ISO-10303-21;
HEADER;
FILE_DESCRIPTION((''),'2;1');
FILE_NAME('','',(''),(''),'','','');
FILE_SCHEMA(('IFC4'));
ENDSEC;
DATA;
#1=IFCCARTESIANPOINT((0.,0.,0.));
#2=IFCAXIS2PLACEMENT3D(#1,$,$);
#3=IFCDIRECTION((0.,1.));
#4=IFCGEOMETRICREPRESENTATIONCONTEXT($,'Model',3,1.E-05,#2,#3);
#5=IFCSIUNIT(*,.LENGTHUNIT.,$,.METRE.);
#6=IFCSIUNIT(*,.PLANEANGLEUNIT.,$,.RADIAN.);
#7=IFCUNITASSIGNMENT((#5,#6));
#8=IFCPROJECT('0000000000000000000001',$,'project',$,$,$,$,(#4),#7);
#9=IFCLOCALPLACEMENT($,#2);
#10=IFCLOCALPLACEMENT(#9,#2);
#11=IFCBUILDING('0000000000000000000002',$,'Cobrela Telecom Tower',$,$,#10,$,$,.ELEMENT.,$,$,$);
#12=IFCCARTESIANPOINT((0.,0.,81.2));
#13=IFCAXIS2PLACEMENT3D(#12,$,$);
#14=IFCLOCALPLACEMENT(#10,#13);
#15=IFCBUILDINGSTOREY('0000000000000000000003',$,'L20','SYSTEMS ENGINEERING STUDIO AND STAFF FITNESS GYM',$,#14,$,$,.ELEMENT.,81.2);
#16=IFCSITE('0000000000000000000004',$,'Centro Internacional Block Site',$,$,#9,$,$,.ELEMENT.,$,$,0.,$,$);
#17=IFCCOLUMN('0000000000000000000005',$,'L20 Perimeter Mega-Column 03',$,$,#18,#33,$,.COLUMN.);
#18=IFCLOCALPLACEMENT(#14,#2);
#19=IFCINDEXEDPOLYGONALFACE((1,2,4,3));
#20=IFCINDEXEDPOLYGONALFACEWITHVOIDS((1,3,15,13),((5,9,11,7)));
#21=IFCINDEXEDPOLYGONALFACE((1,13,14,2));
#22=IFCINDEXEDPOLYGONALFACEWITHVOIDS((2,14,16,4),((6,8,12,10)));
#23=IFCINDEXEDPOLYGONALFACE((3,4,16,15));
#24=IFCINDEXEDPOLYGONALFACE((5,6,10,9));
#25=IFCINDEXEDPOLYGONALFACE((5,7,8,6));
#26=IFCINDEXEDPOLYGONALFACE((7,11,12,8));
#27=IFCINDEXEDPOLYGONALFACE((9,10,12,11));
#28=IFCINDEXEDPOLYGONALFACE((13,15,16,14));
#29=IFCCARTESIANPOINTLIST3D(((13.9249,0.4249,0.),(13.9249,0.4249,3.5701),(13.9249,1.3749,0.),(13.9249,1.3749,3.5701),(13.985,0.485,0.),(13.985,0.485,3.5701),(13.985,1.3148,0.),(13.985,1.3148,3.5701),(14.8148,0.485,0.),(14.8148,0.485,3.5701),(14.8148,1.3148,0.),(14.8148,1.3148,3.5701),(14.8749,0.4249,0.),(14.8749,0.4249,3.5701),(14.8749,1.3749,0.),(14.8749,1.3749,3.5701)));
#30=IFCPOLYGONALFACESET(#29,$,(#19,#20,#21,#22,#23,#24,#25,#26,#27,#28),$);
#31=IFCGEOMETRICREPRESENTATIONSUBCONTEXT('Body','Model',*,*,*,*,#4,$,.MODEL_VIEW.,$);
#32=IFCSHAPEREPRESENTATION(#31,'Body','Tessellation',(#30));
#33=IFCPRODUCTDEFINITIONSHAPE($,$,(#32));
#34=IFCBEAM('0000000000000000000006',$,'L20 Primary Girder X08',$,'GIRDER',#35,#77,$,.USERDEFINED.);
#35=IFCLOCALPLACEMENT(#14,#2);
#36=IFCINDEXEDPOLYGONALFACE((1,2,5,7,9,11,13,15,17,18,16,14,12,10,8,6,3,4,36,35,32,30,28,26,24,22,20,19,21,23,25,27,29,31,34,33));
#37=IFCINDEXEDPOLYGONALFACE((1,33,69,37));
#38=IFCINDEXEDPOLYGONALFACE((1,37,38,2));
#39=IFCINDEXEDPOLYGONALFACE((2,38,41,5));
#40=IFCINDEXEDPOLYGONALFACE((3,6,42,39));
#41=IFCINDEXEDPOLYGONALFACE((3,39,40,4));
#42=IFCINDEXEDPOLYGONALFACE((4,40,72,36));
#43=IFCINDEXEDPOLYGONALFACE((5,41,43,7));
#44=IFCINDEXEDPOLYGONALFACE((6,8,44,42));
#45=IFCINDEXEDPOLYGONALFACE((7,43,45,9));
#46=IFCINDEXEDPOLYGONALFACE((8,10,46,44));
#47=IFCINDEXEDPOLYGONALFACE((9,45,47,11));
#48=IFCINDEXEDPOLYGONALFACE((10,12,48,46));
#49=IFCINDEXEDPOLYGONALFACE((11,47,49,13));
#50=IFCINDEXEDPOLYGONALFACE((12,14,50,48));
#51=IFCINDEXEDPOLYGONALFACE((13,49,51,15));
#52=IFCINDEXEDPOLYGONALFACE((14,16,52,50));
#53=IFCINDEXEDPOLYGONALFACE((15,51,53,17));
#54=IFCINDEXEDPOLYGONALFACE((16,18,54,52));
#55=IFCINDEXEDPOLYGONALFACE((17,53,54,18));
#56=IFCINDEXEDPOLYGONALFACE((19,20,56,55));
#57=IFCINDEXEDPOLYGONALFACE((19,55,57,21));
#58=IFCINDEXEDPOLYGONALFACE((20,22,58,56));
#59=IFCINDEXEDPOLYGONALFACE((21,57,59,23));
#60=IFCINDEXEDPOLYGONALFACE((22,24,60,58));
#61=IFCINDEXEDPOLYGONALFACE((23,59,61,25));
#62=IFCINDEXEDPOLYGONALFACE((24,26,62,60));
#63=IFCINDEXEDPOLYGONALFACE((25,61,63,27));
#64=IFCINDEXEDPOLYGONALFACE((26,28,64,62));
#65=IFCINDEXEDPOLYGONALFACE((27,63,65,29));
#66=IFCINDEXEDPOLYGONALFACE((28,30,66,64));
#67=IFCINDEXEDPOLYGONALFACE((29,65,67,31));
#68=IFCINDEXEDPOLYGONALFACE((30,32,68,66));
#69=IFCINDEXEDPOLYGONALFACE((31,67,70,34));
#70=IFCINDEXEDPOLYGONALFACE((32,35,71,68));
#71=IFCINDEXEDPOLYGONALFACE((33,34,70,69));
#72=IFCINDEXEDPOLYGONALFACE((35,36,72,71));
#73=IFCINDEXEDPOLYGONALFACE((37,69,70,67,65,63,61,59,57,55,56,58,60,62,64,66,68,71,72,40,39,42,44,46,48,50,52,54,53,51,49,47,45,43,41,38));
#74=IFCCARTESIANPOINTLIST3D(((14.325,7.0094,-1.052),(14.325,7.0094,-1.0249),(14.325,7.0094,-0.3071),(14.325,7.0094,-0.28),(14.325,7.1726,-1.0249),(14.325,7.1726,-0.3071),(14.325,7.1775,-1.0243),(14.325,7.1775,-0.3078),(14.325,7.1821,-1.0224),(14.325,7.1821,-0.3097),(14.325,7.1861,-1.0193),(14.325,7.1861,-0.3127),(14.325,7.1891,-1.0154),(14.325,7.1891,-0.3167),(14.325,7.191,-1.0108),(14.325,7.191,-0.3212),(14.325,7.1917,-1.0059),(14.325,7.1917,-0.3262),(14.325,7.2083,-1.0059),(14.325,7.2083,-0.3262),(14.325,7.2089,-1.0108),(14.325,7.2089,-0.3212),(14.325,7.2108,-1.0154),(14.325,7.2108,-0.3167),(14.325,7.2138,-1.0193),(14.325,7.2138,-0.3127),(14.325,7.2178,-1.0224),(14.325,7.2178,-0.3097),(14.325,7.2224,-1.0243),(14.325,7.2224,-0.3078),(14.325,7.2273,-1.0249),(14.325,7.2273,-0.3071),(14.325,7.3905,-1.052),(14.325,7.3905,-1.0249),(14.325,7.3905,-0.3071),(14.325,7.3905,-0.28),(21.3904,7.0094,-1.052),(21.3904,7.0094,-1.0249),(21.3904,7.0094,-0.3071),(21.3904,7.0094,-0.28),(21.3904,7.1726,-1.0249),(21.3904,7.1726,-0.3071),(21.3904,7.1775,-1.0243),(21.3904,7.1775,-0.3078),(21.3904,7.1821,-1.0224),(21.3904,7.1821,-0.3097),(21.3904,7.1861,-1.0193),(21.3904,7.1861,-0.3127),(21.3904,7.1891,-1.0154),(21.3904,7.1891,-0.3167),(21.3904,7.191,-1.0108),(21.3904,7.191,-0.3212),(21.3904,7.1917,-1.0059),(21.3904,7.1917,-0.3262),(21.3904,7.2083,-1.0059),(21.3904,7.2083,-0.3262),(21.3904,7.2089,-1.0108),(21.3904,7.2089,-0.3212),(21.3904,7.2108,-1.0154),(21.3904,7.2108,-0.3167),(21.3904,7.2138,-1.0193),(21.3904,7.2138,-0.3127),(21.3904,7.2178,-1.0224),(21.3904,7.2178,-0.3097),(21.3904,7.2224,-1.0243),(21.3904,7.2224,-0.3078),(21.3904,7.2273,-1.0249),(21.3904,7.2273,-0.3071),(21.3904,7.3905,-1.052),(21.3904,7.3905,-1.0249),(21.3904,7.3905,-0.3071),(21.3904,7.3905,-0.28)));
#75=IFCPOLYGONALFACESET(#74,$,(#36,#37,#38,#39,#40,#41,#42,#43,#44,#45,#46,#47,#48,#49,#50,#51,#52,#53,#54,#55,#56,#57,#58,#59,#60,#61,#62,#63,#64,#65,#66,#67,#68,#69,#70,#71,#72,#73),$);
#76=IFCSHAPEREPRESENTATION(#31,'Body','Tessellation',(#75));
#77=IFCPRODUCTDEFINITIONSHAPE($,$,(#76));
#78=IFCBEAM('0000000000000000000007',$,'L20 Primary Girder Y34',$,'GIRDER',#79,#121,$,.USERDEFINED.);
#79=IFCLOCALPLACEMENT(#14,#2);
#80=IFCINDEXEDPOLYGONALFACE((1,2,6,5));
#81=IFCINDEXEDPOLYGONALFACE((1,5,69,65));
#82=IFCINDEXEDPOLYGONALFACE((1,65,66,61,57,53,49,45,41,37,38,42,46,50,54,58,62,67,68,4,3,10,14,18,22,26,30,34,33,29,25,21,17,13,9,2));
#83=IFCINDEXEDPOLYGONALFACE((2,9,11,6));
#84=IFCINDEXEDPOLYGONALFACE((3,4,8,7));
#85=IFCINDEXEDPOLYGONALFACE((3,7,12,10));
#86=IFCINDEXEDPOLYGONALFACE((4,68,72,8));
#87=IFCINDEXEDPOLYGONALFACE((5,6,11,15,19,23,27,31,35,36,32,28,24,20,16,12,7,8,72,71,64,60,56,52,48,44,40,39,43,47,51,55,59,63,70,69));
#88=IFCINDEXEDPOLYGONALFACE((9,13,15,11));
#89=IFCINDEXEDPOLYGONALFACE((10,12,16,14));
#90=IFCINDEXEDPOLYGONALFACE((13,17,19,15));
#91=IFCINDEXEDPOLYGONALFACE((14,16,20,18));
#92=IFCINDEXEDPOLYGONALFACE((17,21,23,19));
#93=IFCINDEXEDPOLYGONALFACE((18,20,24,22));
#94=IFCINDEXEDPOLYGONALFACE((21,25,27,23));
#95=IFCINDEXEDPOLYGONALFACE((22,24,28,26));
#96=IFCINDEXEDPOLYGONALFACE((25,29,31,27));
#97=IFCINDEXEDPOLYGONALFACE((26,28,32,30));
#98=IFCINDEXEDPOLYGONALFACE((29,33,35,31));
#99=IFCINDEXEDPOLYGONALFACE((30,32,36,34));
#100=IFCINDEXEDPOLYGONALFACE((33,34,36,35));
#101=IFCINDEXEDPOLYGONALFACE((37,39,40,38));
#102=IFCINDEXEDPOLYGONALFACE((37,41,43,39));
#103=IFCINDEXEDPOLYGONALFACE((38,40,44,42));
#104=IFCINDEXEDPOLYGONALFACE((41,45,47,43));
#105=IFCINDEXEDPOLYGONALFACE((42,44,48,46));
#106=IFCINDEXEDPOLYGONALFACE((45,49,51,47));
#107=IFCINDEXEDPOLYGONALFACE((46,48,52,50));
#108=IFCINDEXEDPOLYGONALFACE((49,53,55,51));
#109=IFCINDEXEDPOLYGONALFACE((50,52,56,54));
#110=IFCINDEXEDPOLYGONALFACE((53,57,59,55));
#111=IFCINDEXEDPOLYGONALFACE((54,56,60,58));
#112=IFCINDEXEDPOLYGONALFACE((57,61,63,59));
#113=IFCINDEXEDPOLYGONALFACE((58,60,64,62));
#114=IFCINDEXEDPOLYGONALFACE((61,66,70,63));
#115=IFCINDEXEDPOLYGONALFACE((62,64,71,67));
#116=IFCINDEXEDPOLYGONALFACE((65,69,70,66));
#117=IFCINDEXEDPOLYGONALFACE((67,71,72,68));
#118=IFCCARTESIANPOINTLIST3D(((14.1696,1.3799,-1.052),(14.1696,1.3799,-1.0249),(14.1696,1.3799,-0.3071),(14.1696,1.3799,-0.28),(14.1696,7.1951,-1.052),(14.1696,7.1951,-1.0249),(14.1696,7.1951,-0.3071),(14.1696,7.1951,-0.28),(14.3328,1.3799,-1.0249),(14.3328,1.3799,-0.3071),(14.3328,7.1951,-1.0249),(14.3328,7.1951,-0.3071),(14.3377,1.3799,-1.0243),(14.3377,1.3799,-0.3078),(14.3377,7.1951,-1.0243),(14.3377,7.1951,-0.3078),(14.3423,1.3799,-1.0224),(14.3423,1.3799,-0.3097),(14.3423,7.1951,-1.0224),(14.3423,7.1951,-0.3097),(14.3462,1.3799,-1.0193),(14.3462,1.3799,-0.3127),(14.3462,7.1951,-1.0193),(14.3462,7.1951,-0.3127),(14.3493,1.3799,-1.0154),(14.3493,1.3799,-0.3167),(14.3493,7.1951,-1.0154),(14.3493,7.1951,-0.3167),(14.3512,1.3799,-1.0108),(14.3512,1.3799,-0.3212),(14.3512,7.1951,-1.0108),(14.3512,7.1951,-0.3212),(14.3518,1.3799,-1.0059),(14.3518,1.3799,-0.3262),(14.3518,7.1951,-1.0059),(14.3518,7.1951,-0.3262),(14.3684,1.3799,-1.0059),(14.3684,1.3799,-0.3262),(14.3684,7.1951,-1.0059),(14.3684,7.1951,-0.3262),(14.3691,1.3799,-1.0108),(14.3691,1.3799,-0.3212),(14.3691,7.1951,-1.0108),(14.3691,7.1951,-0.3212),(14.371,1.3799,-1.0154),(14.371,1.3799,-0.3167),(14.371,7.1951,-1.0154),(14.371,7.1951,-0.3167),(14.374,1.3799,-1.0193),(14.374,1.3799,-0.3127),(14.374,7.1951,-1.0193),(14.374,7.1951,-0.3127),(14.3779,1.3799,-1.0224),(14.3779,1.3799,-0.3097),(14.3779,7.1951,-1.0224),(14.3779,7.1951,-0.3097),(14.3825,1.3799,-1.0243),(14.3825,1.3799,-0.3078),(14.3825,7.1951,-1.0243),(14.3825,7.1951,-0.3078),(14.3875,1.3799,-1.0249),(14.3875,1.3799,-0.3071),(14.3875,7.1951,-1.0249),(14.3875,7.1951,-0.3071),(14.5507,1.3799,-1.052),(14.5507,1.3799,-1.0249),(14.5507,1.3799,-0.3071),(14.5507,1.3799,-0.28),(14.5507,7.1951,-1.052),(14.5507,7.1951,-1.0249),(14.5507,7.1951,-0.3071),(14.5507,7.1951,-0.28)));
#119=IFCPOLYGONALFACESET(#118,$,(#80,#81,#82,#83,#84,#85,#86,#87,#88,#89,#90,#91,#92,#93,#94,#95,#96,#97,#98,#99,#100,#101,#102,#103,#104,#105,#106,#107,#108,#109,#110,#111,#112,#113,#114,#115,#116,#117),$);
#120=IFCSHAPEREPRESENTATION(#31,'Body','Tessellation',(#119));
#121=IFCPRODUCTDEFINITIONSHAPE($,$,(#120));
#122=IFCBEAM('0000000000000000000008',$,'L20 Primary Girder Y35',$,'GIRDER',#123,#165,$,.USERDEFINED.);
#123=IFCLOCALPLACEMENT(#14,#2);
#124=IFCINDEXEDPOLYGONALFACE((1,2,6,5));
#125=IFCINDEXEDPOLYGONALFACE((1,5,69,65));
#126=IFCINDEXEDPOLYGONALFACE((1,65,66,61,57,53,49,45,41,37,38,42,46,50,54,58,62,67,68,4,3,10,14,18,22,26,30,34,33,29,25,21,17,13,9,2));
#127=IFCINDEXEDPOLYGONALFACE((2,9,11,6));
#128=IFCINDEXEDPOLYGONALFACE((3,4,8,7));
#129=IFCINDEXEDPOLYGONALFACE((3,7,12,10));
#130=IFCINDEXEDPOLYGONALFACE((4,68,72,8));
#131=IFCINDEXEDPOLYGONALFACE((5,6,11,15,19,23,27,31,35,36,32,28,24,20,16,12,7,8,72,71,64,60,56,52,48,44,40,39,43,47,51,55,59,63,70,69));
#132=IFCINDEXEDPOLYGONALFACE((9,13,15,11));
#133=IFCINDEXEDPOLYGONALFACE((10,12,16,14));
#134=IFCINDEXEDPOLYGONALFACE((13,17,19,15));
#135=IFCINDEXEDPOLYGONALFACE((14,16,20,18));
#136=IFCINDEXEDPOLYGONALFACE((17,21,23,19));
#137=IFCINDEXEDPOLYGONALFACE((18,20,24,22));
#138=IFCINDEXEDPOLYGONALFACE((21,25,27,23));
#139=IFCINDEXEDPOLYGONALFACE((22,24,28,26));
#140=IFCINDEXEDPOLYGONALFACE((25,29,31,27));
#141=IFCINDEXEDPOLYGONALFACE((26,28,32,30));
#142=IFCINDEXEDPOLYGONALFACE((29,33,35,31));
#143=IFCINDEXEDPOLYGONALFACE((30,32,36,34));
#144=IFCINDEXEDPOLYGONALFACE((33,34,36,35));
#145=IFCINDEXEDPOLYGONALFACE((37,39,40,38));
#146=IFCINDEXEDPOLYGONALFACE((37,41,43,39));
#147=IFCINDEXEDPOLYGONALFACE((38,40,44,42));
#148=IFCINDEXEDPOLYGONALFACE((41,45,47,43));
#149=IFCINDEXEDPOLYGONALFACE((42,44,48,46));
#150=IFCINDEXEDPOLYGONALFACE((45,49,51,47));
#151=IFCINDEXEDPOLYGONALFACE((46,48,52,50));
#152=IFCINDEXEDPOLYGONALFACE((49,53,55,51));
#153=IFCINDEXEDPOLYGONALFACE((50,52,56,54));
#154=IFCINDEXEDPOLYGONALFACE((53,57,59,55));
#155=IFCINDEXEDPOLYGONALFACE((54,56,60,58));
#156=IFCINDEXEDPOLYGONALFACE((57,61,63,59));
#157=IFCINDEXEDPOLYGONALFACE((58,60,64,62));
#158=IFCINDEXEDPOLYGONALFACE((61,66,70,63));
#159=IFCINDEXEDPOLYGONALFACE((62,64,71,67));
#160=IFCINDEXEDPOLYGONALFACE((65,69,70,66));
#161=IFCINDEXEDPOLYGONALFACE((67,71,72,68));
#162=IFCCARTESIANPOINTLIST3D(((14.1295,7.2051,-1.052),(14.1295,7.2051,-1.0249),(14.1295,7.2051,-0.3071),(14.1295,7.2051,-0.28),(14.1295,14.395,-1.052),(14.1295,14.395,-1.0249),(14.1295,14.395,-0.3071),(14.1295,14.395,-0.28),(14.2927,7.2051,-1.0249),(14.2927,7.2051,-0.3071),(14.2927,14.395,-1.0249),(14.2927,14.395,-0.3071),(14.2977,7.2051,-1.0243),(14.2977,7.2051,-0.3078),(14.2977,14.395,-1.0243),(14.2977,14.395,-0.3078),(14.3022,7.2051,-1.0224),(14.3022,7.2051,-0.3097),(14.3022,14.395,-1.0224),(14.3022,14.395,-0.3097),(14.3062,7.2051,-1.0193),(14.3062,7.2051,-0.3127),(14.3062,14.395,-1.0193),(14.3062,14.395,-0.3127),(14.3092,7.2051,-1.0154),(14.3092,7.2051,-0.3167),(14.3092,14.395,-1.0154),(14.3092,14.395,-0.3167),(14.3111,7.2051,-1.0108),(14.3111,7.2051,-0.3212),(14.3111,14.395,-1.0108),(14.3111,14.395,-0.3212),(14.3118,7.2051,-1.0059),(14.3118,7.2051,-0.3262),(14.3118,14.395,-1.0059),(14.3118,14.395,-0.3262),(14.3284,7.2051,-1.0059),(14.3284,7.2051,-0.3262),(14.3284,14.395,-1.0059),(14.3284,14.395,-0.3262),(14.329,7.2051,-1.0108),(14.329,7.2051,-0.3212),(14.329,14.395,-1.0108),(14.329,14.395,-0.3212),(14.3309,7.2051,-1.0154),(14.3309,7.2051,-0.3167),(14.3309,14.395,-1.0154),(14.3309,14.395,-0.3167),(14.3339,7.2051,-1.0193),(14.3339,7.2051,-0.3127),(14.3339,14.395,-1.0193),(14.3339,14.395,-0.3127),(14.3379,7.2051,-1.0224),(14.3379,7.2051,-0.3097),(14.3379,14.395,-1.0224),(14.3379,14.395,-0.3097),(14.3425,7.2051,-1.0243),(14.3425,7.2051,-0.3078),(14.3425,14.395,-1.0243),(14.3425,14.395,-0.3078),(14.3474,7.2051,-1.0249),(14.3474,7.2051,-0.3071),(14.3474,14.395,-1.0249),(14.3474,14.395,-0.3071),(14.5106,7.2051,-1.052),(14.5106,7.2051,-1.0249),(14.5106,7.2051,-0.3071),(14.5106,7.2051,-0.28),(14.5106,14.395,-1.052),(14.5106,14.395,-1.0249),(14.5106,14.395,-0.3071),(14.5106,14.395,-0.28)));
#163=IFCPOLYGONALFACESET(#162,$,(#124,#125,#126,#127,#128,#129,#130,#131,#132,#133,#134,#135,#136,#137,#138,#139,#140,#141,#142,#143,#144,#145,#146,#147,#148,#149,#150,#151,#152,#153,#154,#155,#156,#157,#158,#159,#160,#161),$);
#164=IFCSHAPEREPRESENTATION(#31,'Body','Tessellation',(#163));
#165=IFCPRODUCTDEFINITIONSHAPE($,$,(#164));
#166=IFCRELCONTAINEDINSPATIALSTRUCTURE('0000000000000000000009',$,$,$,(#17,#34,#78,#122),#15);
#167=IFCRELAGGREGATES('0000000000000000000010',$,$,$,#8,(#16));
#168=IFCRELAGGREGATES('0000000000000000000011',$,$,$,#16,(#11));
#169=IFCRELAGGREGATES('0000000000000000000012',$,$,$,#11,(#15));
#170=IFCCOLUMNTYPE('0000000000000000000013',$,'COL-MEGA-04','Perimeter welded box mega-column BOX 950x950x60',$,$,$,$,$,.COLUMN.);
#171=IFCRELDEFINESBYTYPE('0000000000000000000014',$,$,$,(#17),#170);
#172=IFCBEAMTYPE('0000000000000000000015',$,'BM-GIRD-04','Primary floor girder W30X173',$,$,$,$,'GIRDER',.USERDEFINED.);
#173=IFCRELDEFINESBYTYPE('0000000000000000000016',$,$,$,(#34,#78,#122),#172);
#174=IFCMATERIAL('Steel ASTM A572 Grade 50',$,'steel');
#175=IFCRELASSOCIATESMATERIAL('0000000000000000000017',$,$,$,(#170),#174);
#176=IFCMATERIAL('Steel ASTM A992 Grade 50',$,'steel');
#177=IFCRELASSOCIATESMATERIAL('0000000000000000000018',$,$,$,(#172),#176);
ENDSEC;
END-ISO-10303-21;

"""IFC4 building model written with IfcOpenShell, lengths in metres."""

from ifc_helpers import new_model, si_unit, direction, frame, origin, origin_2d, place, context, subcontext, project, spatial, hollow_rectangle, i_section, extrude, material, material_profile, profile_set, type_object, element, save


model = new_model("IFC4")

# Units and contexts
model_context = context("Model", 3, precision=1e-05, world=origin(), true_north=direction((0.0, 1.0)))
body_context = subcontext(model_context, "Body", "Model", "MODEL_VIEW")
ifc_project = project(units=[si_unit("LENGTHUNIT", "METRE"), si_unit("PLANEANGLEUNIT", "RADIAN")], contexts=[model_context])

# Site, building, storey
site_placement = place(None, origin())
site = spatial("IfcSite", under=ifc_project, at=site_placement, Name="Centro Internacional Block Site", CompositionType="ELEMENT", RefElevation=0.0)
building_placement = place(site_placement, origin())
building = spatial("IfcBuilding", under=site, at=building_placement, Name="Cobrela Telecom Tower", CompositionType="ELEMENT")
storey_placement = place(building_placement, frame((0.0, 0.0, 81.2)))
storey = spatial("IfcBuildingStorey", under=building, at=storey_placement, Name="L20", Description="SYSTEMS ENGINEERING STUDIO AND STAFF FITNESS GYM", CompositionType="ELEMENT", Elevation=81.2)

# Column
ifc_material_1 = material(Name="Steel ASTM A572 Grade 50", Category="steel")
ifc_material_profile_1 = material_profile(ifc_material_1, hollow_rectangle(XDim=0.95, YDim=0.95, WallThickness=0.0601, at=origin_2d()), Name="BOX 950x950x60")
ifc_profile_set_1 = profile_set([ifc_material_profile_1], Name="Steel ASTM A572 Grade 50")
column_type = type_object("IfcColumnType", Name="COL-MEGA-04", Description="Perimeter welded box mega-column BOX 950x950x60", PredefinedType="COLUMN", material=ifc_profile_set_1)
column_placement = place(storey_placement, frame((14.3999, 0.8999, 0.0), z_axis=(0.0, 0.0, 1.0), x_axis=(1.0, 0.0, 0.0)))
element("IfcColumn", 1, at=column_placement, inside=storey, type_object=column_type, Name="L20 Perimeter Mega-Column 03", PredefinedType="COLUMN", context=body_context, shape_type="SweptSolid", body=[
    extrude(hollow_rectangle(XDim=0.95, YDim=0.95, WallThickness=0.0601, at=origin_2d()), origin(), (0.0, 0.0, 1.0), 3.5701),
])

# Beams
ifc_material_2 = material(Name="Steel ASTM A992 Grade 50", Category="steel")
ifc_material_profile_2 = material_profile(ifc_material_2, i_section(OverallWidth=0.3811, OverallDepth=0.772, WebThickness=0.0166, FlangeThickness=0.0271, FilletRadius=0.019, at=origin_2d()), Name="W30X173")
ifc_profile_set_2 = profile_set([ifc_material_profile_2], Name="Steel ASTM A992 Grade 50")
beam_type_1 = type_object("IfcBeamType", Name="BM-GIRD-04", Description="Primary floor girder W30X173", ElementType="GIRDER", PredefinedType="USERDEFINED", material=ifc_profile_set_2)
beam_1_placement = place(storey_placement, frame((14.325, 7.2, -0.666), z_axis=(1.0, 0.0, 0.0), x_axis=(0.0, 1.0, 0.0)))
element("IfcBeam", 2, at=beam_1_placement, inside=storey, type_object=beam_type_1, Name="L20 Primary Girder X08", ObjectType="GIRDER", PredefinedType="USERDEFINED", context=body_context, shape_type="SweptSolid", body=[
    extrude(i_section(OverallWidth=0.3811, OverallDepth=0.772, WebThickness=0.0166, FlangeThickness=0.0271, FilletRadius=0.019, at=origin_2d()), origin(), (0.0, 0.0, 1.0), 7.0654),
])
beam_2_placement = place(storey_placement, frame((14.3601, 1.3799, -0.666), z_axis=(0.0, 1.0, 0.0), x_axis=(-1.0, 0.0, 0.0)))
element("IfcBeam", 3, at=beam_2_placement, inside=storey, type_object=beam_type_1, Name="L20 Primary Girder Y34", ObjectType="GIRDER", PredefinedType="USERDEFINED", context=body_context, shape_type="SweptSolid", body=[
    extrude(i_section(OverallWidth=0.3811, OverallDepth=0.772, WebThickness=0.0166, FlangeThickness=0.0271, FilletRadius=0.019, at=origin_2d()), origin(), (0.0, 0.0, 1.0), 5.8152),
])
beam_3_placement = place(storey_placement, frame((14.3201, 7.2051, -0.666), z_axis=(0.0, 1.0, 0.0), x_axis=(-1.0, 0.0, 0.0)))
element("IfcBeam", 4, at=beam_3_placement, inside=storey, type_object=beam_type_1, Name="L20 Primary Girder Y35", ObjectType="GIRDER", PredefinedType="USERDEFINED", context=body_context, shape_type="SweptSolid", body=[
    extrude(i_section(OverallWidth=0.3811, OverallDepth=0.772, WebThickness=0.0166, FlangeThickness=0.0271, FilletRadius=0.019, at=origin_2d()), origin(), (0.0, 0.0, 1.0), 7.1899),
])

save(model, "model.ifc")
